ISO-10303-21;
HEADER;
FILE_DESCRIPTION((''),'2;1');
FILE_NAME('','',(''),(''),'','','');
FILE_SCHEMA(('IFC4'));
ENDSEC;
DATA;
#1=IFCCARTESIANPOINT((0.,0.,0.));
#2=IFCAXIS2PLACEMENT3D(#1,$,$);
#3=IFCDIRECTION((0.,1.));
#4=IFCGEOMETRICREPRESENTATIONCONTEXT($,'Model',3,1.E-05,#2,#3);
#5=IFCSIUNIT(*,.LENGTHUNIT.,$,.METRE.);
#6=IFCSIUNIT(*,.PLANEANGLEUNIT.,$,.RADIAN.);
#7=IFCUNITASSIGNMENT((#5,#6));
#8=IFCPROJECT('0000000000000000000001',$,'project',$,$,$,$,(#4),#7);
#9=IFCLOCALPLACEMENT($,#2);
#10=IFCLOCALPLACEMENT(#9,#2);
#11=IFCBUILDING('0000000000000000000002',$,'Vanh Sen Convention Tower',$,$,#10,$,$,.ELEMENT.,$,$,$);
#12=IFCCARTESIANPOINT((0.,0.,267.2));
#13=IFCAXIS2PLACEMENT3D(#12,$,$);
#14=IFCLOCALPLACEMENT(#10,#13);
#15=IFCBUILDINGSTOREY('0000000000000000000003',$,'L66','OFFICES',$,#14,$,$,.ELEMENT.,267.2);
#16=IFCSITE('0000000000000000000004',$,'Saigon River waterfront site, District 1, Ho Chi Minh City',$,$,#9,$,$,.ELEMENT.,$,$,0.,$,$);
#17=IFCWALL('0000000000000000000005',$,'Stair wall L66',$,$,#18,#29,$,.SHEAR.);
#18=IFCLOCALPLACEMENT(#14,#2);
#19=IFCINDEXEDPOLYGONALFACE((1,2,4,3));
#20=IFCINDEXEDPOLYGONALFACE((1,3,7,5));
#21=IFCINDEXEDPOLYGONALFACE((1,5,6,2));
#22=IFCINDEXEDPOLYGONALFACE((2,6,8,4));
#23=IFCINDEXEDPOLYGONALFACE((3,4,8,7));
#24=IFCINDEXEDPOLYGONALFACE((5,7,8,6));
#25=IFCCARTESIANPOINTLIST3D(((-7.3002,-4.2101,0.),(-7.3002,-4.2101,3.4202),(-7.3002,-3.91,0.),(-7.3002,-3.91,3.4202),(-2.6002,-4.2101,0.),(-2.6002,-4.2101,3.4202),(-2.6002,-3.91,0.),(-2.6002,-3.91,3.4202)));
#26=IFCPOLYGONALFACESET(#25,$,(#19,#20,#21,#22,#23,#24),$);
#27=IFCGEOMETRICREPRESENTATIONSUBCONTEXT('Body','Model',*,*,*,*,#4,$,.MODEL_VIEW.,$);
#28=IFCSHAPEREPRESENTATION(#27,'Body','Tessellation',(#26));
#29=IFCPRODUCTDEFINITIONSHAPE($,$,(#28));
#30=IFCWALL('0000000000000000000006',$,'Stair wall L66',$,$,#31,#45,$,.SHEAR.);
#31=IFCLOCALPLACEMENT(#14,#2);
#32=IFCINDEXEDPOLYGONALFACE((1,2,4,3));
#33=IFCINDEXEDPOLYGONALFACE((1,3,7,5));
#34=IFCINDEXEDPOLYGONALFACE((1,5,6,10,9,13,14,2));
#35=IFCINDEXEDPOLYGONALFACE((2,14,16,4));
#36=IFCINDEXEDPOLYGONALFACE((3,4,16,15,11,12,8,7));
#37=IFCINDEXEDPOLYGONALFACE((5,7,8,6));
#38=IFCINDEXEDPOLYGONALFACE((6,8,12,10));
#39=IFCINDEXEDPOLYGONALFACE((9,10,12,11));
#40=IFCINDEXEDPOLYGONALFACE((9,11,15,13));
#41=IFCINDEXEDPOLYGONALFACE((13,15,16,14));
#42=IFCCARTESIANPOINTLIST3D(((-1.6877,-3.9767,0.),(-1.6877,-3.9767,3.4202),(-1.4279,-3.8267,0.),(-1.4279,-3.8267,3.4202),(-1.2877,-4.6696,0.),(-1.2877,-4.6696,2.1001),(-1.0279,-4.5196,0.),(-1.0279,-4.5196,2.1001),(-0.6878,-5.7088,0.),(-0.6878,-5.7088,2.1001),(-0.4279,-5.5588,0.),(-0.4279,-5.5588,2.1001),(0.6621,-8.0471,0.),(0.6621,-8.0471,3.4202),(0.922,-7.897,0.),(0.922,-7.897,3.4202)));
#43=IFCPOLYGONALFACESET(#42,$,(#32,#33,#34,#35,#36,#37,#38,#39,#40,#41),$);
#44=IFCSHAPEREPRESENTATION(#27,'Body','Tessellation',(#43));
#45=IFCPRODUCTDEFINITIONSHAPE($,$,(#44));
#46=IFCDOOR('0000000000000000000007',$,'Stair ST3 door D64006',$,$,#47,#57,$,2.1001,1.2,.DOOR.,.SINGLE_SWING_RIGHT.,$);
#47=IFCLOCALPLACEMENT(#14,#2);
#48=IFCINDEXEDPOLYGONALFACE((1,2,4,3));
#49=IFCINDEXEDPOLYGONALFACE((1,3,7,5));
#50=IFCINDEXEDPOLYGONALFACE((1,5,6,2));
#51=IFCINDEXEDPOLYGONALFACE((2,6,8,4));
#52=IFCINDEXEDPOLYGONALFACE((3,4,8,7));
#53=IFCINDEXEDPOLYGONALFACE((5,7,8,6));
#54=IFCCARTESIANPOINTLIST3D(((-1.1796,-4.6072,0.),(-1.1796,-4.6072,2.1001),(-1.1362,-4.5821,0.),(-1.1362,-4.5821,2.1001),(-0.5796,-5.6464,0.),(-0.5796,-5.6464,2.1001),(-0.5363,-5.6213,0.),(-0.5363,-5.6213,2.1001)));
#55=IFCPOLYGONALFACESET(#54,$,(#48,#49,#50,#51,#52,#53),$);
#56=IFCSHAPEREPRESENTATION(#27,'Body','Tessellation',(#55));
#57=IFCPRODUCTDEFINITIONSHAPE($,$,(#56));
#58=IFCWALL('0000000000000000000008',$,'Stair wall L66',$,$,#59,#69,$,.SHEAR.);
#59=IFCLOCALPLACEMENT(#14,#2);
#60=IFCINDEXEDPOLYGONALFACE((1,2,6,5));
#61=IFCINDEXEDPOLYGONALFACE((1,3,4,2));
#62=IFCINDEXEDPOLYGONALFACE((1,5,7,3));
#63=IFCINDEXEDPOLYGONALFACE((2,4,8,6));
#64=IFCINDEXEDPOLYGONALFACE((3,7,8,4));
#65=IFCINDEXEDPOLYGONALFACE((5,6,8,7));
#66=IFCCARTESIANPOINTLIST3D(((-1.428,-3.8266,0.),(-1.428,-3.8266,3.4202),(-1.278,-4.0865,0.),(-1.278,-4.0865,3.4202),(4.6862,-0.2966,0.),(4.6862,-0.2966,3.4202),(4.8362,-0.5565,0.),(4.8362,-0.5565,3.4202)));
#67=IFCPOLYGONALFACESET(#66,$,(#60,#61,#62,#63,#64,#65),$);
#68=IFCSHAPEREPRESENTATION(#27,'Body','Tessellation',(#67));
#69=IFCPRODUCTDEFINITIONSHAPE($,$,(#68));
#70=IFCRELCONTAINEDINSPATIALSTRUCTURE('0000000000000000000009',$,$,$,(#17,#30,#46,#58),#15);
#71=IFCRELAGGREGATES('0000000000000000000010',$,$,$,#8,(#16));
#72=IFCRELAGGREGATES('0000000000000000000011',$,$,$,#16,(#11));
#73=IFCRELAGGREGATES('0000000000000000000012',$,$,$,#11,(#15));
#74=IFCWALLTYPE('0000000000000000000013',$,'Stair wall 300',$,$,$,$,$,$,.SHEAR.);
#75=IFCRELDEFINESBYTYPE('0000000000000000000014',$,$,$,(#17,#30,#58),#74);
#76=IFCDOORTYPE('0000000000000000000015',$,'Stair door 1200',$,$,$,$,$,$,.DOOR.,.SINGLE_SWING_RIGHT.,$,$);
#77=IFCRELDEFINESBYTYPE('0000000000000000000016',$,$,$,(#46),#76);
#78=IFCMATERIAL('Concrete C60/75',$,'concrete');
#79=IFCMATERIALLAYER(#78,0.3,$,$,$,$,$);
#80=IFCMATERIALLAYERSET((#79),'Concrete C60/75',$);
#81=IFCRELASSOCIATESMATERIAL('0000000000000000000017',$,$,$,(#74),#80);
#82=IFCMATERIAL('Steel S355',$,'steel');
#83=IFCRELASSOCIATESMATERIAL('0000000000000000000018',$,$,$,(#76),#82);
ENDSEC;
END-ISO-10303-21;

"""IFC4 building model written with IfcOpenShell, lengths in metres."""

from ifc_helpers import new_model, si_unit, direction, frame, frame_2d, origin, place, context, subcontext, project, spatial, rectangle, extrude, material, layer, layer_set, type_object, element, fill, save


model = new_model("IFC4")

# Units and contexts
model_context = context("Model", 3, precision=1e-05, world=origin(), true_north=direction((0.0, 1.0)))
body_context = subcontext(model_context, "Body", "Model", "MODEL_VIEW")
ifc_project = project(units=[si_unit("LENGTHUNIT", "METRE"), si_unit("PLANEANGLEUNIT", "RADIAN")], contexts=[model_context])

# Site, building, storey
site_placement = place(None, origin())
site = spatial("IfcSite", under=ifc_project, at=site_placement, Name="Saigon River waterfront site, District 1, Ho Chi Minh City", CompositionType="ELEMENT", RefElevation=0.0)
building_placement = place(site_placement, origin())
building = spatial("IfcBuilding", under=site, at=building_placement, Name="Vanh Sen Convention Tower", CompositionType="ELEMENT")
storey_placement = place(building_placement, frame((0.0, 0.0, 267.2)))
storey = spatial("IfcBuildingStorey", under=building, at=storey_placement, Name="L66", Description="OFFICES", CompositionType="ELEMENT", Elevation=267.2)

# Shared definitions
ifc_material_1 = material(Name="Concrete C60/75", Category="concrete")
ifc_material_2 = material(Name="Steel S355", Category="steel")

# Wall
ifc_layer_1 = layer(ifc_material_1, 0.3)
ifc_layer_set_1 = layer_set([ifc_layer_1], Name="Concrete C60/75")
wall_type_1 = type_object("IfcWallType", Name="Stair wall 300", PredefinedType="SHEAR", material=ifc_layer_set_1)
wall_1_placement = place(storey_placement, frame((-2.6001, -4.0601, 0.0), z_axis=(0.0, 0.0, 1.0), x_axis=(-1.0, 0.0, 0.0)))
element("IfcWall", 1, at=wall_1_placement, inside=storey, type_object=wall_type_1, Name="Stair wall L66", PredefinedType="SHEAR", context=body_context, shape_type="SweptSolid", body=[
    extrude(rectangle(XDim=4.7, YDim=0.3, at=frame_2d((2.3501, 0.0))), origin(), (0.0, 0.0, 1.0), 3.4202),
])

# Wall, opening, door
wall_2_placement = place(storey_placement, frame((-1.5579, -3.9016, 0.0), z_axis=(0.0, 0.0, 1.0), x_axis=(0.499977, -0.866039, 0.0)))
wall_2 = element("IfcWall", 2, at=wall_2_placement, inside=storey, type_object=wall_type_1, Name="Stair wall L66", PredefinedType="SHEAR", context=body_context, shape_type="SweptSolid", body=[
    extrude(rectangle(XDim=4.7, YDim=0.3, at=frame_2d((2.3501, 0.0))), origin(), (0.0, 0.0, 1.0), 3.4202),
])
opening_1_placement = place(wall_2_placement, frame((0.8, 0.0, 0.0)))
opening_1 = element("IfcOpeningElement", 3, at=opening_1_placement, cuts=wall_2, PredefinedType="OPENING", context=body_context, shape_type="SweptSolid", body=[
    extrude(rectangle(XDim=1.2, YDim=2.1001, at=frame_2d((0.6001, 1.05))), frame((0.0, 0.1599, 0.0), z_axis=(0.0, -1.0, 0.0), x_axis=(1.0, 0.0, 0.0)), (0.0, 0.0, 1.0), 0.3201),
])
door_type_1 = type_object("IfcDoorType", Name="Stair door 1200", OperationType="SINGLE_SWING_RIGHT", PredefinedType="DOOR", material=ifc_material_2)
door_1_placement = place(opening_1_placement, origin())
door_1 = element("IfcDoor", 4, at=door_1_placement, inside=storey, type_object=door_type_1, Name="Stair ST3 door D64006", OperationType="SINGLE_SWING_RIGHT", OverallHeight=2.1001, OverallWidth=1.2, PredefinedType="DOOR", context=body_context, shape_type="SweptSolid", body=[
    extrude(rectangle(XDim=1.2, YDim=2.1001, at=frame_2d((0.6001, 1.05))), frame((0.0, 0.0249, 0.0), z_axis=(0.0, -1.0, 0.0), x_axis=(1.0, 0.0, 0.0)), (0.0, 0.0, 1.0), 0.05),
])
fill(opening_1, door_1)

# Wall
wall_3_placement = place(storey_placement, frame((-1.353, -3.9565, 0.0), z_axis=(0.0, 0.0, 1.0), x_axis=(0.866028, 0.499996, 0.0)))
element("IfcWall", 5, at=wall_3_placement, inside=storey, type_object=wall_type_1, Name="Stair wall L66", PredefinedType="SHEAR", context=body_context, shape_type="SweptSolid", body=[
    extrude(rectangle(XDim=7.0601, YDim=0.3, at=frame_2d((3.53, 0.0))), origin(), (0.0, 0.0, 1.0), 3.4202),
])

save(model, "model.ifc")
